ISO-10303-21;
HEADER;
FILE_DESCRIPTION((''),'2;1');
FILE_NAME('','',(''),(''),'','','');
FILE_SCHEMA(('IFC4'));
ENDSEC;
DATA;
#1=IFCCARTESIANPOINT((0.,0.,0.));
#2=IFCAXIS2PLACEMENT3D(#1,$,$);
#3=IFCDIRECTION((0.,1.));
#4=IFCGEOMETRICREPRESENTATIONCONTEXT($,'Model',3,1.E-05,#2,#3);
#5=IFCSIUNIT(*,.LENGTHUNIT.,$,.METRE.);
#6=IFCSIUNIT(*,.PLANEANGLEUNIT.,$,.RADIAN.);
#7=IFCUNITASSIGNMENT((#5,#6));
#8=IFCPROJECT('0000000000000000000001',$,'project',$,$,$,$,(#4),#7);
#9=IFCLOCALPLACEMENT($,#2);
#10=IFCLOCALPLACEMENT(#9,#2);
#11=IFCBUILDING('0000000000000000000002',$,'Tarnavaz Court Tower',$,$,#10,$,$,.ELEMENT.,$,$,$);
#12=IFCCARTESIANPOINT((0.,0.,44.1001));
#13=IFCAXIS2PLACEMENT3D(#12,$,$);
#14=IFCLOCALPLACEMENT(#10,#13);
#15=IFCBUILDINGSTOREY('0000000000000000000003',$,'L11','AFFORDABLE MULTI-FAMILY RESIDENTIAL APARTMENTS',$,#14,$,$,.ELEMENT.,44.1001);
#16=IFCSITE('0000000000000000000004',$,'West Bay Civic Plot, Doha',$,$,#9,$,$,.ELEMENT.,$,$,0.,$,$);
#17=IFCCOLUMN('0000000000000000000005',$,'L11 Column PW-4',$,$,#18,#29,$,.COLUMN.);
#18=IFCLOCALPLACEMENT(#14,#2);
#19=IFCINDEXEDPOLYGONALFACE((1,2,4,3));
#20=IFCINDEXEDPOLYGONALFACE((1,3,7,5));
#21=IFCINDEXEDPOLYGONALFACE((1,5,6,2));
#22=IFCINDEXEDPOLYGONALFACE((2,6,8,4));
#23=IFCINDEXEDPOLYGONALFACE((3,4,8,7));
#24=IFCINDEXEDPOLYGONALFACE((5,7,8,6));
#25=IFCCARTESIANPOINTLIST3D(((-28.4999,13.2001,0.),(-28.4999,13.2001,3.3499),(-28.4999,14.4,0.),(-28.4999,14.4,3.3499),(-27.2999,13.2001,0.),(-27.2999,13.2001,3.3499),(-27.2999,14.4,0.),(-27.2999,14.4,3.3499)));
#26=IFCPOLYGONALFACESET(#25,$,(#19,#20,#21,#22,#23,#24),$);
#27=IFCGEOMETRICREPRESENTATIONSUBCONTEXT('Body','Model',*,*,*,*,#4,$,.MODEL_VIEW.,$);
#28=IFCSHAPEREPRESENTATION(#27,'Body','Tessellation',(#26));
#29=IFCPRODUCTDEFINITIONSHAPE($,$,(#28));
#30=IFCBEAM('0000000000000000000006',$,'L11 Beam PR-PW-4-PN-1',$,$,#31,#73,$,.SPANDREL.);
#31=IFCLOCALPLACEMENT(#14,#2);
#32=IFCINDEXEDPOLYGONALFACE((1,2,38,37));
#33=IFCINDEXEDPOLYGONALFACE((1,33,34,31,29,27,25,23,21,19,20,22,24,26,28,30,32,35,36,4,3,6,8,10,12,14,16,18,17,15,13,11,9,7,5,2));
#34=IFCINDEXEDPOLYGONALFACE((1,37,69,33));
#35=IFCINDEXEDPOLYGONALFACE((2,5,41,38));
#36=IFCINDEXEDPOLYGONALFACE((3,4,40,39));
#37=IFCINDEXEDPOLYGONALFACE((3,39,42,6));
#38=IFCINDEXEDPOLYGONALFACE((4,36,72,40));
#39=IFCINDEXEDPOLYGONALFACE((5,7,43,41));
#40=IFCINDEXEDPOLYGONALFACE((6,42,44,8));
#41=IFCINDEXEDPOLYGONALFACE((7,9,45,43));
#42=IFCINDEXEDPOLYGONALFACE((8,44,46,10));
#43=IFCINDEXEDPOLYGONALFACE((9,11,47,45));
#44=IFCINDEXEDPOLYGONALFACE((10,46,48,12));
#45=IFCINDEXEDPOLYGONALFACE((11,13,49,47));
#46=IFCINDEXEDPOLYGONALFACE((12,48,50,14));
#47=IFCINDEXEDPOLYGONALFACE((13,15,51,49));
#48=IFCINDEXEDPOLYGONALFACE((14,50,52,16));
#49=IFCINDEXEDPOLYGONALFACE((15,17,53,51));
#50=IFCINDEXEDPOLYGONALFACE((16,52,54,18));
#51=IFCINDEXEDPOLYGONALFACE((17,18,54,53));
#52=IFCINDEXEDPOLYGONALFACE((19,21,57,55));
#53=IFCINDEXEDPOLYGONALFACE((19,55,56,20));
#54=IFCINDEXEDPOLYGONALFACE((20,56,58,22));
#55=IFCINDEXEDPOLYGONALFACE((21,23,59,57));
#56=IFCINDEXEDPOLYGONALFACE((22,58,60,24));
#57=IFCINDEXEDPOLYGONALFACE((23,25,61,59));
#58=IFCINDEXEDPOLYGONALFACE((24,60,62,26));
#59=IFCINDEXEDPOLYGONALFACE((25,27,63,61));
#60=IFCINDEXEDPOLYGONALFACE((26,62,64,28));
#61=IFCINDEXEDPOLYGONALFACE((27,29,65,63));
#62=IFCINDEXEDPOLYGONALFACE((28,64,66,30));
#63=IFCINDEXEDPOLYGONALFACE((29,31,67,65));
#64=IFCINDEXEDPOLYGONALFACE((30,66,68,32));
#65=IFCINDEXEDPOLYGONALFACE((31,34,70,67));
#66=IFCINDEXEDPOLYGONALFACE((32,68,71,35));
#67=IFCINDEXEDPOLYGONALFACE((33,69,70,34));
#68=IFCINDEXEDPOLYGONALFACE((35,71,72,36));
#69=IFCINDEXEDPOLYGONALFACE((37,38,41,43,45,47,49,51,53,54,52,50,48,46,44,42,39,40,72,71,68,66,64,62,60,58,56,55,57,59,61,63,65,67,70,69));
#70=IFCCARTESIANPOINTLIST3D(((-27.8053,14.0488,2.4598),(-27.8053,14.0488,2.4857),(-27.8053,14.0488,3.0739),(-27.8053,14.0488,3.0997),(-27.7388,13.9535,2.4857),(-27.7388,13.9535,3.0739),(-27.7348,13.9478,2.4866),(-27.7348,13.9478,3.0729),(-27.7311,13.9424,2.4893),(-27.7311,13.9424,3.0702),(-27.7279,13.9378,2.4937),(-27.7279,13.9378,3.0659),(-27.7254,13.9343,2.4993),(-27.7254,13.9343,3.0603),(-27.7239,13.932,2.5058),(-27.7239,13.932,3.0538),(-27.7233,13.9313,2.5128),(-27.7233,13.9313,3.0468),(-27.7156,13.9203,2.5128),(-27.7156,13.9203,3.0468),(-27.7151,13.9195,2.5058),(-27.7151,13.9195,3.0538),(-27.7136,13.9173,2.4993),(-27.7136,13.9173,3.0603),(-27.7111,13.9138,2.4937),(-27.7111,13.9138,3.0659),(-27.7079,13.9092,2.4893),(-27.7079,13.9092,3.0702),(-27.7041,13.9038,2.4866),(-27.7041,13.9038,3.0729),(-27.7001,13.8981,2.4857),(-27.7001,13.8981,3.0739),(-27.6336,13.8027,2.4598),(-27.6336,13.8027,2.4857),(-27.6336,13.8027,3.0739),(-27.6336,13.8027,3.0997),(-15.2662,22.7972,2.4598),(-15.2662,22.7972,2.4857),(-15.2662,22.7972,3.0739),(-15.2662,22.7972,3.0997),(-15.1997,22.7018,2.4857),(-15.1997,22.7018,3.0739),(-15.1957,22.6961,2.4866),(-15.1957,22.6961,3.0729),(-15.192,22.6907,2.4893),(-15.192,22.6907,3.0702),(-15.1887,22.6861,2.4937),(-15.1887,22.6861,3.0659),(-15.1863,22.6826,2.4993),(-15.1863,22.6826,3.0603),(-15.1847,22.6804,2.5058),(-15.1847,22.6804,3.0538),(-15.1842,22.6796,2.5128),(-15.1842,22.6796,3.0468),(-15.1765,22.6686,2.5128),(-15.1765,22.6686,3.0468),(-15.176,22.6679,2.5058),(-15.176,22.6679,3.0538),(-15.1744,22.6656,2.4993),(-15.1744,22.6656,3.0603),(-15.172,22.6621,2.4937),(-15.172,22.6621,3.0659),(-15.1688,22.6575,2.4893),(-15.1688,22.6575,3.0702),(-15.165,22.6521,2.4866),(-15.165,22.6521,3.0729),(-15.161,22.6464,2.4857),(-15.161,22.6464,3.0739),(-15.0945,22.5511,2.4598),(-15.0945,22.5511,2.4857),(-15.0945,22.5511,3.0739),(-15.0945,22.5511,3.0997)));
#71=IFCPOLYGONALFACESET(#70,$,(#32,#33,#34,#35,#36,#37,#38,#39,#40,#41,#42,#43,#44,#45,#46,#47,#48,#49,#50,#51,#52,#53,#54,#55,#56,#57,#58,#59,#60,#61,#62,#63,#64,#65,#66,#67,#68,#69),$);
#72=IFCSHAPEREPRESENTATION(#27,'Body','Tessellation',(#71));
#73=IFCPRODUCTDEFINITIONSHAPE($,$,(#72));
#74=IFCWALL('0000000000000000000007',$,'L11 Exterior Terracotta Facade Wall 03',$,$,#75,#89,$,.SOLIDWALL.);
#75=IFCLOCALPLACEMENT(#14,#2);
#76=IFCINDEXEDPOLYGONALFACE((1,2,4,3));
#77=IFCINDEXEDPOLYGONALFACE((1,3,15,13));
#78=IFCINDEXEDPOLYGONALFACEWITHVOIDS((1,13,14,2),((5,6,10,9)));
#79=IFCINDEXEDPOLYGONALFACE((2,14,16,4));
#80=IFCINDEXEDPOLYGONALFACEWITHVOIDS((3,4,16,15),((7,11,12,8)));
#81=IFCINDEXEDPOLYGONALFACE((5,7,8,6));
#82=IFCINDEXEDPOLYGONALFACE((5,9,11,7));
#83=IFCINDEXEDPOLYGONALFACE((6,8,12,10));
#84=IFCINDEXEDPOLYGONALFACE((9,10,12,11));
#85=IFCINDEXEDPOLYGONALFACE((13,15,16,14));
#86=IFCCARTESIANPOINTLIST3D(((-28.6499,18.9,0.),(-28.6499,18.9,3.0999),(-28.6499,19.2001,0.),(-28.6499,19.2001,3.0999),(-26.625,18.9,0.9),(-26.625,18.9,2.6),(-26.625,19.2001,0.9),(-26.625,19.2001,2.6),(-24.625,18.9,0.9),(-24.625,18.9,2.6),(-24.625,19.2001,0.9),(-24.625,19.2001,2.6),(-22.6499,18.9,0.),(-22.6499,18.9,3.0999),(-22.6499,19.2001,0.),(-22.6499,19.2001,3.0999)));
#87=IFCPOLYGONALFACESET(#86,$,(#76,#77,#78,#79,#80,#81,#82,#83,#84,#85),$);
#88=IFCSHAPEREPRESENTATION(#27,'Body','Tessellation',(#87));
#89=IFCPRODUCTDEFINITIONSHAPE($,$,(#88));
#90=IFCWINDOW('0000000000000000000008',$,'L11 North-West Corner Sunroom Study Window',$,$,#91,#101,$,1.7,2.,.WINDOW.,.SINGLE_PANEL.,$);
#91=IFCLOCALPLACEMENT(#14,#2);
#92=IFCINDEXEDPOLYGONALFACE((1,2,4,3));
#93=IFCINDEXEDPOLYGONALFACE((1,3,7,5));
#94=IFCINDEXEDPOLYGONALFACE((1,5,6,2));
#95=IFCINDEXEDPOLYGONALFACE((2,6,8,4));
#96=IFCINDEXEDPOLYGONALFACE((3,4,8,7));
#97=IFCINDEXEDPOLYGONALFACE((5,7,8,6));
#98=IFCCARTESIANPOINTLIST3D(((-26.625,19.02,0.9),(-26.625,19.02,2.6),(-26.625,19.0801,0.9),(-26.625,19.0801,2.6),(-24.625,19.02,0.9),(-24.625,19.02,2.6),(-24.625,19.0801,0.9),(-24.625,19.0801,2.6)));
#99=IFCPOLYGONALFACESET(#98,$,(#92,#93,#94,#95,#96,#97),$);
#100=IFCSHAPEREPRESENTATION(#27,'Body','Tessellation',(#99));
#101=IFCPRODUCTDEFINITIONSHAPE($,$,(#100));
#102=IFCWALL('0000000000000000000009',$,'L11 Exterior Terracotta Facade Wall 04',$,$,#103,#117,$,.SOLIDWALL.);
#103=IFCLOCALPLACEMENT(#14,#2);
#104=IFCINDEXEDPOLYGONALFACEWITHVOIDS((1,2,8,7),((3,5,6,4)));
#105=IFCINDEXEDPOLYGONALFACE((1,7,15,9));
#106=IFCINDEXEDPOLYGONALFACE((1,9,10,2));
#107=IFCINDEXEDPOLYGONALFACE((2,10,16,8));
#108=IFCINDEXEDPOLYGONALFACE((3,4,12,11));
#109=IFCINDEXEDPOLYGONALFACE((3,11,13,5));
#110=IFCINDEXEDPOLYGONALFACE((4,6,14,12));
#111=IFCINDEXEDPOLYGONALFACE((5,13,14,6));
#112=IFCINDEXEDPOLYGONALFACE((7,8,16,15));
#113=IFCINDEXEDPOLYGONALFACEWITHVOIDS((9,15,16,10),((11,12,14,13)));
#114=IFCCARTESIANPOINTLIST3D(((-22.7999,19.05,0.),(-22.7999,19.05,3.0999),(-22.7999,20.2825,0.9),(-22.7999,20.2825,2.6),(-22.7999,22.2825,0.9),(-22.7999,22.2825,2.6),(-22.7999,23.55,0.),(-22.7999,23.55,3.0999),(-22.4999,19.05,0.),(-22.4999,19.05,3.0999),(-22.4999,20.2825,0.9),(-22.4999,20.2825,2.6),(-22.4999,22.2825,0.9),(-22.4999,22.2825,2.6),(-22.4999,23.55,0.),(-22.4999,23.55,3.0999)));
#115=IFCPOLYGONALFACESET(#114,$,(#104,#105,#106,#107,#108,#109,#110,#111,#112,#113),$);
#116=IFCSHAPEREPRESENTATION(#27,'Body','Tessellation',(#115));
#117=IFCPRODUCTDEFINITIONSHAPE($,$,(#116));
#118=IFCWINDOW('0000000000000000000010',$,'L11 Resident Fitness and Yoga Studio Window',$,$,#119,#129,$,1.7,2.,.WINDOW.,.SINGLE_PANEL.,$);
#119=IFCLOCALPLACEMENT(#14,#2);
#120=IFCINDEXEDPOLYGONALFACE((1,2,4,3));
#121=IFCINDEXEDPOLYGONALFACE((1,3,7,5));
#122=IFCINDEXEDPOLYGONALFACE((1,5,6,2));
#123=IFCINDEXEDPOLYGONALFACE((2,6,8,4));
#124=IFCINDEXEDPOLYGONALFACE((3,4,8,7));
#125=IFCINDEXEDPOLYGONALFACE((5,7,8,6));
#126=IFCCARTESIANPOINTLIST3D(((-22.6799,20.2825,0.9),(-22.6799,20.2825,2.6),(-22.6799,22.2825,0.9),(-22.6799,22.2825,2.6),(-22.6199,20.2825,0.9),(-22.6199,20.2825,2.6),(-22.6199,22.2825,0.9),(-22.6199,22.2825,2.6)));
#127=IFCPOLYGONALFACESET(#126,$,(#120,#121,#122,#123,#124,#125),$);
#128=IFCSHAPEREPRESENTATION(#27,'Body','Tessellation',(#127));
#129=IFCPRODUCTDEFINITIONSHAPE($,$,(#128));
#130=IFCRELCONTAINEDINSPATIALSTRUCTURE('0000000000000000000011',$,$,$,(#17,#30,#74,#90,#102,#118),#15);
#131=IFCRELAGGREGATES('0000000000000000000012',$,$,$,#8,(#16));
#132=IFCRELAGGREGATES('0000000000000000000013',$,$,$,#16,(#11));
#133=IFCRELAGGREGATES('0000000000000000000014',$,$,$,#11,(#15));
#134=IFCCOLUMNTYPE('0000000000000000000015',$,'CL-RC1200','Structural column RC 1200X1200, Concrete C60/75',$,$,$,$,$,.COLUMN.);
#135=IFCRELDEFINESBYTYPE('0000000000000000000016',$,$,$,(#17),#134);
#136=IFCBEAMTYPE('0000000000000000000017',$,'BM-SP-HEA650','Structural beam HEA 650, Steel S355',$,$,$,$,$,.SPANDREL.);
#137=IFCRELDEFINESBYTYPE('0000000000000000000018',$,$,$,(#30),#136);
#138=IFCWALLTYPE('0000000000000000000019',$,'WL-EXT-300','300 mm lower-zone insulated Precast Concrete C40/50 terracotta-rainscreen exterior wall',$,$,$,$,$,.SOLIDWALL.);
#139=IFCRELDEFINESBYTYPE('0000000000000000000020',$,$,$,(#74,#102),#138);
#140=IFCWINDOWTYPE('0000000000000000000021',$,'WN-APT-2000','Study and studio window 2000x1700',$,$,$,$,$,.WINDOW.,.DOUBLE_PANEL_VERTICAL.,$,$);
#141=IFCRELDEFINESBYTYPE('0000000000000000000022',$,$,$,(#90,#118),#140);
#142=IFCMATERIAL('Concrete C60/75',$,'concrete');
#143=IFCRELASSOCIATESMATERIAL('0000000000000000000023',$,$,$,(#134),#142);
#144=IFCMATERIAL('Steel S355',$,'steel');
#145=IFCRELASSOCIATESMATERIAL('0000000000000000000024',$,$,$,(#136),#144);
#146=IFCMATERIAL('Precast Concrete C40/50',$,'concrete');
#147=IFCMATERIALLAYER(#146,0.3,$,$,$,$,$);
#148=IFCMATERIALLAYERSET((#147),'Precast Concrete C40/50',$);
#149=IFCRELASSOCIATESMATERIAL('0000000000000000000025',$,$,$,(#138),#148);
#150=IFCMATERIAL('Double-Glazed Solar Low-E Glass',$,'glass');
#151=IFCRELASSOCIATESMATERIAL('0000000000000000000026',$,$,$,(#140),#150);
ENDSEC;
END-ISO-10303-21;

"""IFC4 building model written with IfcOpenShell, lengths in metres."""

from ifc_helpers import new_model, si_unit, direction, frame, frame_2d, origin, origin_2d, place, context, subcontext, project, spatial, rectangle, i_section, extrude, material, layer, layer_set, material_profile, profile_set, type_object, element, fill, save


model = new_model("IFC4")

# Units and contexts
model_context = context("Model", 3, precision=1e-05, world=origin(), true_north=direction((0.0, 1.0)))
body_context = subcontext(model_context, "Body", "Model", "MODEL_VIEW")
ifc_project = project(units=[si_unit("LENGTHUNIT", "METRE"), si_unit("PLANEANGLEUNIT", "RADIAN")], contexts=[model_context])

# Site, building, storey
site_placement = place(None, origin())
site = spatial("IfcSite", under=ifc_project, at=site_placement, Name="West Bay Civic Plot, Doha", CompositionType="ELEMENT", RefElevation=0.0)
building_placement = place(site_placement, origin())
building = spatial("IfcBuilding", under=site, at=building_placement, Name="Tarnavaz Court Tower", CompositionType="ELEMENT")
storey_placement = place(building_placement, frame((0.0, 0.0, 44.1001)))
storey = spatial("IfcBuildingStorey", under=building, at=storey_placement, Name="L11", Description="AFFORDABLE MULTI-FAMILY RESIDENTIAL APARTMENTS", CompositionType="ELEMENT", Elevation=44.1001)

# Column
ifc_material_1 = material(Name="Concrete C60/75", Category="concrete")
ifc_material_profile_1 = material_profile(ifc_material_1, rectangle(XDim=1.2, YDim=1.2, at=origin_2d()), Name="RC 1200X1200")
ifc_profile_set_1 = profile_set([ifc_material_profile_1], Name="Concrete C60/75")
column_type = type_object("IfcColumnType", Name="CL-RC1200", Description="Structural column RC 1200X1200, Concrete C60/75", PredefinedType="COLUMN", material=ifc_profile_set_1)
column_placement = place(storey_placement, frame((-27.8999, 13.8, 0.0), z_axis=(0.0, 0.0, 1.0), x_axis=(1.0, 0.0, 0.0)))
element("IfcColumn", 1, at=column_placement, inside=storey, type_object=column_type, Name="L11 Column PW-4", PredefinedType="COLUMN", context=body_context, shape_type="SweptSolid", body=[
    extrude(rectangle(XDim=1.2, YDim=1.2, at=origin_2d()), origin(), (0.0, 0.0, 1.0), 3.3499),
])

# Beam
ifc_material_2 = material(Name="Steel S355", Category="steel")
ifc_material_profile_2 = material_profile(ifc_material_2, i_section(OverallWidth=0.3, OverallDepth=0.6399, WebThickness=0.0134, FlangeThickness=0.0259, FilletRadius=0.0271, at=origin_2d()), Name="HEA 650")
ifc_profile_set_2 = profile_set([ifc_material_profile_2], Name="Steel S355")
beam_type = type_object("IfcBeamType", Name="BM-SP-HEA650", Description="Structural beam HEA 650, Steel S355", PredefinedType="SPANDREL", material=ifc_profile_set_2)
beam_placement = place(storey_placement, frame((-27.7195, 13.9258, 2.7798), z_axis=(0.820124, 0.572186, 0.0), x_axis=(-0.572186, 0.820124, 0.0)))
element("IfcBeam", 2, at=beam_placement, inside=storey, type_object=beam_type, Name="L11 Beam PR-PW-4-PN-1", PredefinedType="SPANDREL", context=body_context, shape_type="SweptSolid", body=[
    extrude(i_section(OverallWidth=0.3, OverallDepth=0.6399, WebThickness=0.0134, FlangeThickness=0.0259, FilletRadius=0.0271, at=origin_2d()), origin(), (0.0, 0.0, 1.0), 15.2893),
])

# Walls, openings, windows
ifc_material_3 = material(Name="Precast Concrete C40/50", Category="concrete")
ifc_layer_1 = layer(ifc_material_3, 0.3)
ifc_layer_set_1 = layer_set([ifc_layer_1], Name="Precast Concrete C40/50")
wall_type_1 = type_object("IfcWallType", Name="WL-EXT-300", Description="300 mm lower-zone insulated Precast Concrete C40/50 terracotta-rainscreen exterior wall", PredefinedType="SOLIDWALL", material=ifc_layer_set_1)
wall_1_placement = place(storey_placement, frame((-28.6499, 19.05, 0.0), z_axis=(0.0, 0.0, 1.0), x_axis=(1.0, 0.0, 0.0)))
wall_1 = element("IfcWall", 3, at=wall_1_placement, inside=storey, type_object=wall_type_1, Name="L11 Exterior Terracotta Facade Wall 03", PredefinedType="SOLIDWALL", context=body_context, shape_type="SweptSolid", body=[
    extrude(rectangle(XDim=6.0, YDim=0.3, at=frame_2d((3.0, 0.0))), origin(), (0.0, 0.0, 1.0), 3.0999),
])
opening_1_placement = place(wall_1_placement, frame((2.0249, 0.0, 0.8999)))
opening_1 = element("IfcOpeningElement", 4, at=opening_1_placement, cuts=wall_1, PredefinedType="OPENING", context=body_context, shape_type="SweptSolid", body=[
    extrude(rectangle(XDim=2.0, YDim=1.7, at=frame_2d((1.0, 0.8501))), frame((0.0, 0.1599, 0.0), z_axis=(0.0, -1.0, 0.0), x_axis=(1.0, 0.0, 0.0)), (0.0, 0.0, 1.0), 0.3201),
])
ifc_material_4 = material(Name="Double-Glazed Solar Low-E Glass", Category="glass")
window_type_1 = type_object("IfcWindowType", Name="WN-APT-2000", Description="Study and studio window 2000x1700", PartitioningType="DOUBLE_PANEL_VERTICAL", PredefinedType="WINDOW", material=ifc_material_4)
window_1_placement = place(opening_1_placement, origin())
window_1 = element("IfcWindow", 5, at=window_1_placement, inside=storey, type_object=window_type_1, Name="L11 North-West Corner Sunroom Study Window", OverallHeight=1.7, OverallWidth=2.0, PartitioningType="SINGLE_PANEL", PredefinedType="WINDOW", context=body_context, shape_type="SweptSolid", body=[
    extrude(rectangle(XDim=2.0, YDim=1.7, at=frame_2d((1.0, 0.8501))), frame((0.0, 0.03, 0.0), z_axis=(0.0, -1.0, 0.0), x_axis=(1.0, 0.0, 0.0)), (0.0, 0.0, 1.0), 0.0601),
])
fill(opening_1, window_1)
wall_2_placement = place(storey_placement, frame((-22.6499, 19.05, 0.0), z_axis=(0.0, 0.0, 1.0), x_axis=(0.0, 1.0, 0.0)))
wall_2 = element("IfcWall", 6, at=wall_2_placement, inside=storey, type_object=wall_type_1, Name="L11 Exterior Terracotta Facade Wall 04", PredefinedType="SOLIDWALL", context=body_context, shape_type="SweptSolid", body=[
    extrude(rectangle(XDim=4.5, YDim=0.3, at=frame_2d((2.25, 0.0))), origin(), (0.0, 0.0, 1.0), 3.0999),
])
opening_2_placement = place(wall_2_placement, frame((1.2324, 0.0, 0.8999)))
opening_2 = element("IfcOpeningElement", 7, at=opening_2_placement, cuts=wall_2, PredefinedType="OPENING", context=body_context, shape_type="SweptSolid", body=[
    extrude(rectangle(XDim=2.0, YDim=1.7, at=frame_2d((1.0, 0.8501))), frame((0.0, 0.1599, 0.0), z_axis=(0.0, -1.0, 0.0), x_axis=(1.0, 0.0, 0.0)), (0.0, 0.0, 1.0), 0.3201),
])
window_2_placement = place(opening_2_placement, origin())
window_2 = element("IfcWindow", 8, at=window_2_placement, inside=storey, type_object=window_type_1, Name="L11 Resident Fitness and Yoga Studio Window", OverallHeight=1.7, OverallWidth=2.0, PartitioningType="SINGLE_PANEL", PredefinedType="WINDOW", context=body_context, shape_type="SweptSolid", body=[
    extrude(rectangle(XDim=2.0, YDim=1.7, at=frame_2d((1.0, 0.8501))), frame((0.0, 0.03, 0.0), z_axis=(0.0, -1.0, 0.0), x_axis=(1.0, 0.0, 0.0)), (0.0, 0.0, 1.0), 0.0601),
])
fill(opening_2, window_2)

save(model, "model.ifc")
